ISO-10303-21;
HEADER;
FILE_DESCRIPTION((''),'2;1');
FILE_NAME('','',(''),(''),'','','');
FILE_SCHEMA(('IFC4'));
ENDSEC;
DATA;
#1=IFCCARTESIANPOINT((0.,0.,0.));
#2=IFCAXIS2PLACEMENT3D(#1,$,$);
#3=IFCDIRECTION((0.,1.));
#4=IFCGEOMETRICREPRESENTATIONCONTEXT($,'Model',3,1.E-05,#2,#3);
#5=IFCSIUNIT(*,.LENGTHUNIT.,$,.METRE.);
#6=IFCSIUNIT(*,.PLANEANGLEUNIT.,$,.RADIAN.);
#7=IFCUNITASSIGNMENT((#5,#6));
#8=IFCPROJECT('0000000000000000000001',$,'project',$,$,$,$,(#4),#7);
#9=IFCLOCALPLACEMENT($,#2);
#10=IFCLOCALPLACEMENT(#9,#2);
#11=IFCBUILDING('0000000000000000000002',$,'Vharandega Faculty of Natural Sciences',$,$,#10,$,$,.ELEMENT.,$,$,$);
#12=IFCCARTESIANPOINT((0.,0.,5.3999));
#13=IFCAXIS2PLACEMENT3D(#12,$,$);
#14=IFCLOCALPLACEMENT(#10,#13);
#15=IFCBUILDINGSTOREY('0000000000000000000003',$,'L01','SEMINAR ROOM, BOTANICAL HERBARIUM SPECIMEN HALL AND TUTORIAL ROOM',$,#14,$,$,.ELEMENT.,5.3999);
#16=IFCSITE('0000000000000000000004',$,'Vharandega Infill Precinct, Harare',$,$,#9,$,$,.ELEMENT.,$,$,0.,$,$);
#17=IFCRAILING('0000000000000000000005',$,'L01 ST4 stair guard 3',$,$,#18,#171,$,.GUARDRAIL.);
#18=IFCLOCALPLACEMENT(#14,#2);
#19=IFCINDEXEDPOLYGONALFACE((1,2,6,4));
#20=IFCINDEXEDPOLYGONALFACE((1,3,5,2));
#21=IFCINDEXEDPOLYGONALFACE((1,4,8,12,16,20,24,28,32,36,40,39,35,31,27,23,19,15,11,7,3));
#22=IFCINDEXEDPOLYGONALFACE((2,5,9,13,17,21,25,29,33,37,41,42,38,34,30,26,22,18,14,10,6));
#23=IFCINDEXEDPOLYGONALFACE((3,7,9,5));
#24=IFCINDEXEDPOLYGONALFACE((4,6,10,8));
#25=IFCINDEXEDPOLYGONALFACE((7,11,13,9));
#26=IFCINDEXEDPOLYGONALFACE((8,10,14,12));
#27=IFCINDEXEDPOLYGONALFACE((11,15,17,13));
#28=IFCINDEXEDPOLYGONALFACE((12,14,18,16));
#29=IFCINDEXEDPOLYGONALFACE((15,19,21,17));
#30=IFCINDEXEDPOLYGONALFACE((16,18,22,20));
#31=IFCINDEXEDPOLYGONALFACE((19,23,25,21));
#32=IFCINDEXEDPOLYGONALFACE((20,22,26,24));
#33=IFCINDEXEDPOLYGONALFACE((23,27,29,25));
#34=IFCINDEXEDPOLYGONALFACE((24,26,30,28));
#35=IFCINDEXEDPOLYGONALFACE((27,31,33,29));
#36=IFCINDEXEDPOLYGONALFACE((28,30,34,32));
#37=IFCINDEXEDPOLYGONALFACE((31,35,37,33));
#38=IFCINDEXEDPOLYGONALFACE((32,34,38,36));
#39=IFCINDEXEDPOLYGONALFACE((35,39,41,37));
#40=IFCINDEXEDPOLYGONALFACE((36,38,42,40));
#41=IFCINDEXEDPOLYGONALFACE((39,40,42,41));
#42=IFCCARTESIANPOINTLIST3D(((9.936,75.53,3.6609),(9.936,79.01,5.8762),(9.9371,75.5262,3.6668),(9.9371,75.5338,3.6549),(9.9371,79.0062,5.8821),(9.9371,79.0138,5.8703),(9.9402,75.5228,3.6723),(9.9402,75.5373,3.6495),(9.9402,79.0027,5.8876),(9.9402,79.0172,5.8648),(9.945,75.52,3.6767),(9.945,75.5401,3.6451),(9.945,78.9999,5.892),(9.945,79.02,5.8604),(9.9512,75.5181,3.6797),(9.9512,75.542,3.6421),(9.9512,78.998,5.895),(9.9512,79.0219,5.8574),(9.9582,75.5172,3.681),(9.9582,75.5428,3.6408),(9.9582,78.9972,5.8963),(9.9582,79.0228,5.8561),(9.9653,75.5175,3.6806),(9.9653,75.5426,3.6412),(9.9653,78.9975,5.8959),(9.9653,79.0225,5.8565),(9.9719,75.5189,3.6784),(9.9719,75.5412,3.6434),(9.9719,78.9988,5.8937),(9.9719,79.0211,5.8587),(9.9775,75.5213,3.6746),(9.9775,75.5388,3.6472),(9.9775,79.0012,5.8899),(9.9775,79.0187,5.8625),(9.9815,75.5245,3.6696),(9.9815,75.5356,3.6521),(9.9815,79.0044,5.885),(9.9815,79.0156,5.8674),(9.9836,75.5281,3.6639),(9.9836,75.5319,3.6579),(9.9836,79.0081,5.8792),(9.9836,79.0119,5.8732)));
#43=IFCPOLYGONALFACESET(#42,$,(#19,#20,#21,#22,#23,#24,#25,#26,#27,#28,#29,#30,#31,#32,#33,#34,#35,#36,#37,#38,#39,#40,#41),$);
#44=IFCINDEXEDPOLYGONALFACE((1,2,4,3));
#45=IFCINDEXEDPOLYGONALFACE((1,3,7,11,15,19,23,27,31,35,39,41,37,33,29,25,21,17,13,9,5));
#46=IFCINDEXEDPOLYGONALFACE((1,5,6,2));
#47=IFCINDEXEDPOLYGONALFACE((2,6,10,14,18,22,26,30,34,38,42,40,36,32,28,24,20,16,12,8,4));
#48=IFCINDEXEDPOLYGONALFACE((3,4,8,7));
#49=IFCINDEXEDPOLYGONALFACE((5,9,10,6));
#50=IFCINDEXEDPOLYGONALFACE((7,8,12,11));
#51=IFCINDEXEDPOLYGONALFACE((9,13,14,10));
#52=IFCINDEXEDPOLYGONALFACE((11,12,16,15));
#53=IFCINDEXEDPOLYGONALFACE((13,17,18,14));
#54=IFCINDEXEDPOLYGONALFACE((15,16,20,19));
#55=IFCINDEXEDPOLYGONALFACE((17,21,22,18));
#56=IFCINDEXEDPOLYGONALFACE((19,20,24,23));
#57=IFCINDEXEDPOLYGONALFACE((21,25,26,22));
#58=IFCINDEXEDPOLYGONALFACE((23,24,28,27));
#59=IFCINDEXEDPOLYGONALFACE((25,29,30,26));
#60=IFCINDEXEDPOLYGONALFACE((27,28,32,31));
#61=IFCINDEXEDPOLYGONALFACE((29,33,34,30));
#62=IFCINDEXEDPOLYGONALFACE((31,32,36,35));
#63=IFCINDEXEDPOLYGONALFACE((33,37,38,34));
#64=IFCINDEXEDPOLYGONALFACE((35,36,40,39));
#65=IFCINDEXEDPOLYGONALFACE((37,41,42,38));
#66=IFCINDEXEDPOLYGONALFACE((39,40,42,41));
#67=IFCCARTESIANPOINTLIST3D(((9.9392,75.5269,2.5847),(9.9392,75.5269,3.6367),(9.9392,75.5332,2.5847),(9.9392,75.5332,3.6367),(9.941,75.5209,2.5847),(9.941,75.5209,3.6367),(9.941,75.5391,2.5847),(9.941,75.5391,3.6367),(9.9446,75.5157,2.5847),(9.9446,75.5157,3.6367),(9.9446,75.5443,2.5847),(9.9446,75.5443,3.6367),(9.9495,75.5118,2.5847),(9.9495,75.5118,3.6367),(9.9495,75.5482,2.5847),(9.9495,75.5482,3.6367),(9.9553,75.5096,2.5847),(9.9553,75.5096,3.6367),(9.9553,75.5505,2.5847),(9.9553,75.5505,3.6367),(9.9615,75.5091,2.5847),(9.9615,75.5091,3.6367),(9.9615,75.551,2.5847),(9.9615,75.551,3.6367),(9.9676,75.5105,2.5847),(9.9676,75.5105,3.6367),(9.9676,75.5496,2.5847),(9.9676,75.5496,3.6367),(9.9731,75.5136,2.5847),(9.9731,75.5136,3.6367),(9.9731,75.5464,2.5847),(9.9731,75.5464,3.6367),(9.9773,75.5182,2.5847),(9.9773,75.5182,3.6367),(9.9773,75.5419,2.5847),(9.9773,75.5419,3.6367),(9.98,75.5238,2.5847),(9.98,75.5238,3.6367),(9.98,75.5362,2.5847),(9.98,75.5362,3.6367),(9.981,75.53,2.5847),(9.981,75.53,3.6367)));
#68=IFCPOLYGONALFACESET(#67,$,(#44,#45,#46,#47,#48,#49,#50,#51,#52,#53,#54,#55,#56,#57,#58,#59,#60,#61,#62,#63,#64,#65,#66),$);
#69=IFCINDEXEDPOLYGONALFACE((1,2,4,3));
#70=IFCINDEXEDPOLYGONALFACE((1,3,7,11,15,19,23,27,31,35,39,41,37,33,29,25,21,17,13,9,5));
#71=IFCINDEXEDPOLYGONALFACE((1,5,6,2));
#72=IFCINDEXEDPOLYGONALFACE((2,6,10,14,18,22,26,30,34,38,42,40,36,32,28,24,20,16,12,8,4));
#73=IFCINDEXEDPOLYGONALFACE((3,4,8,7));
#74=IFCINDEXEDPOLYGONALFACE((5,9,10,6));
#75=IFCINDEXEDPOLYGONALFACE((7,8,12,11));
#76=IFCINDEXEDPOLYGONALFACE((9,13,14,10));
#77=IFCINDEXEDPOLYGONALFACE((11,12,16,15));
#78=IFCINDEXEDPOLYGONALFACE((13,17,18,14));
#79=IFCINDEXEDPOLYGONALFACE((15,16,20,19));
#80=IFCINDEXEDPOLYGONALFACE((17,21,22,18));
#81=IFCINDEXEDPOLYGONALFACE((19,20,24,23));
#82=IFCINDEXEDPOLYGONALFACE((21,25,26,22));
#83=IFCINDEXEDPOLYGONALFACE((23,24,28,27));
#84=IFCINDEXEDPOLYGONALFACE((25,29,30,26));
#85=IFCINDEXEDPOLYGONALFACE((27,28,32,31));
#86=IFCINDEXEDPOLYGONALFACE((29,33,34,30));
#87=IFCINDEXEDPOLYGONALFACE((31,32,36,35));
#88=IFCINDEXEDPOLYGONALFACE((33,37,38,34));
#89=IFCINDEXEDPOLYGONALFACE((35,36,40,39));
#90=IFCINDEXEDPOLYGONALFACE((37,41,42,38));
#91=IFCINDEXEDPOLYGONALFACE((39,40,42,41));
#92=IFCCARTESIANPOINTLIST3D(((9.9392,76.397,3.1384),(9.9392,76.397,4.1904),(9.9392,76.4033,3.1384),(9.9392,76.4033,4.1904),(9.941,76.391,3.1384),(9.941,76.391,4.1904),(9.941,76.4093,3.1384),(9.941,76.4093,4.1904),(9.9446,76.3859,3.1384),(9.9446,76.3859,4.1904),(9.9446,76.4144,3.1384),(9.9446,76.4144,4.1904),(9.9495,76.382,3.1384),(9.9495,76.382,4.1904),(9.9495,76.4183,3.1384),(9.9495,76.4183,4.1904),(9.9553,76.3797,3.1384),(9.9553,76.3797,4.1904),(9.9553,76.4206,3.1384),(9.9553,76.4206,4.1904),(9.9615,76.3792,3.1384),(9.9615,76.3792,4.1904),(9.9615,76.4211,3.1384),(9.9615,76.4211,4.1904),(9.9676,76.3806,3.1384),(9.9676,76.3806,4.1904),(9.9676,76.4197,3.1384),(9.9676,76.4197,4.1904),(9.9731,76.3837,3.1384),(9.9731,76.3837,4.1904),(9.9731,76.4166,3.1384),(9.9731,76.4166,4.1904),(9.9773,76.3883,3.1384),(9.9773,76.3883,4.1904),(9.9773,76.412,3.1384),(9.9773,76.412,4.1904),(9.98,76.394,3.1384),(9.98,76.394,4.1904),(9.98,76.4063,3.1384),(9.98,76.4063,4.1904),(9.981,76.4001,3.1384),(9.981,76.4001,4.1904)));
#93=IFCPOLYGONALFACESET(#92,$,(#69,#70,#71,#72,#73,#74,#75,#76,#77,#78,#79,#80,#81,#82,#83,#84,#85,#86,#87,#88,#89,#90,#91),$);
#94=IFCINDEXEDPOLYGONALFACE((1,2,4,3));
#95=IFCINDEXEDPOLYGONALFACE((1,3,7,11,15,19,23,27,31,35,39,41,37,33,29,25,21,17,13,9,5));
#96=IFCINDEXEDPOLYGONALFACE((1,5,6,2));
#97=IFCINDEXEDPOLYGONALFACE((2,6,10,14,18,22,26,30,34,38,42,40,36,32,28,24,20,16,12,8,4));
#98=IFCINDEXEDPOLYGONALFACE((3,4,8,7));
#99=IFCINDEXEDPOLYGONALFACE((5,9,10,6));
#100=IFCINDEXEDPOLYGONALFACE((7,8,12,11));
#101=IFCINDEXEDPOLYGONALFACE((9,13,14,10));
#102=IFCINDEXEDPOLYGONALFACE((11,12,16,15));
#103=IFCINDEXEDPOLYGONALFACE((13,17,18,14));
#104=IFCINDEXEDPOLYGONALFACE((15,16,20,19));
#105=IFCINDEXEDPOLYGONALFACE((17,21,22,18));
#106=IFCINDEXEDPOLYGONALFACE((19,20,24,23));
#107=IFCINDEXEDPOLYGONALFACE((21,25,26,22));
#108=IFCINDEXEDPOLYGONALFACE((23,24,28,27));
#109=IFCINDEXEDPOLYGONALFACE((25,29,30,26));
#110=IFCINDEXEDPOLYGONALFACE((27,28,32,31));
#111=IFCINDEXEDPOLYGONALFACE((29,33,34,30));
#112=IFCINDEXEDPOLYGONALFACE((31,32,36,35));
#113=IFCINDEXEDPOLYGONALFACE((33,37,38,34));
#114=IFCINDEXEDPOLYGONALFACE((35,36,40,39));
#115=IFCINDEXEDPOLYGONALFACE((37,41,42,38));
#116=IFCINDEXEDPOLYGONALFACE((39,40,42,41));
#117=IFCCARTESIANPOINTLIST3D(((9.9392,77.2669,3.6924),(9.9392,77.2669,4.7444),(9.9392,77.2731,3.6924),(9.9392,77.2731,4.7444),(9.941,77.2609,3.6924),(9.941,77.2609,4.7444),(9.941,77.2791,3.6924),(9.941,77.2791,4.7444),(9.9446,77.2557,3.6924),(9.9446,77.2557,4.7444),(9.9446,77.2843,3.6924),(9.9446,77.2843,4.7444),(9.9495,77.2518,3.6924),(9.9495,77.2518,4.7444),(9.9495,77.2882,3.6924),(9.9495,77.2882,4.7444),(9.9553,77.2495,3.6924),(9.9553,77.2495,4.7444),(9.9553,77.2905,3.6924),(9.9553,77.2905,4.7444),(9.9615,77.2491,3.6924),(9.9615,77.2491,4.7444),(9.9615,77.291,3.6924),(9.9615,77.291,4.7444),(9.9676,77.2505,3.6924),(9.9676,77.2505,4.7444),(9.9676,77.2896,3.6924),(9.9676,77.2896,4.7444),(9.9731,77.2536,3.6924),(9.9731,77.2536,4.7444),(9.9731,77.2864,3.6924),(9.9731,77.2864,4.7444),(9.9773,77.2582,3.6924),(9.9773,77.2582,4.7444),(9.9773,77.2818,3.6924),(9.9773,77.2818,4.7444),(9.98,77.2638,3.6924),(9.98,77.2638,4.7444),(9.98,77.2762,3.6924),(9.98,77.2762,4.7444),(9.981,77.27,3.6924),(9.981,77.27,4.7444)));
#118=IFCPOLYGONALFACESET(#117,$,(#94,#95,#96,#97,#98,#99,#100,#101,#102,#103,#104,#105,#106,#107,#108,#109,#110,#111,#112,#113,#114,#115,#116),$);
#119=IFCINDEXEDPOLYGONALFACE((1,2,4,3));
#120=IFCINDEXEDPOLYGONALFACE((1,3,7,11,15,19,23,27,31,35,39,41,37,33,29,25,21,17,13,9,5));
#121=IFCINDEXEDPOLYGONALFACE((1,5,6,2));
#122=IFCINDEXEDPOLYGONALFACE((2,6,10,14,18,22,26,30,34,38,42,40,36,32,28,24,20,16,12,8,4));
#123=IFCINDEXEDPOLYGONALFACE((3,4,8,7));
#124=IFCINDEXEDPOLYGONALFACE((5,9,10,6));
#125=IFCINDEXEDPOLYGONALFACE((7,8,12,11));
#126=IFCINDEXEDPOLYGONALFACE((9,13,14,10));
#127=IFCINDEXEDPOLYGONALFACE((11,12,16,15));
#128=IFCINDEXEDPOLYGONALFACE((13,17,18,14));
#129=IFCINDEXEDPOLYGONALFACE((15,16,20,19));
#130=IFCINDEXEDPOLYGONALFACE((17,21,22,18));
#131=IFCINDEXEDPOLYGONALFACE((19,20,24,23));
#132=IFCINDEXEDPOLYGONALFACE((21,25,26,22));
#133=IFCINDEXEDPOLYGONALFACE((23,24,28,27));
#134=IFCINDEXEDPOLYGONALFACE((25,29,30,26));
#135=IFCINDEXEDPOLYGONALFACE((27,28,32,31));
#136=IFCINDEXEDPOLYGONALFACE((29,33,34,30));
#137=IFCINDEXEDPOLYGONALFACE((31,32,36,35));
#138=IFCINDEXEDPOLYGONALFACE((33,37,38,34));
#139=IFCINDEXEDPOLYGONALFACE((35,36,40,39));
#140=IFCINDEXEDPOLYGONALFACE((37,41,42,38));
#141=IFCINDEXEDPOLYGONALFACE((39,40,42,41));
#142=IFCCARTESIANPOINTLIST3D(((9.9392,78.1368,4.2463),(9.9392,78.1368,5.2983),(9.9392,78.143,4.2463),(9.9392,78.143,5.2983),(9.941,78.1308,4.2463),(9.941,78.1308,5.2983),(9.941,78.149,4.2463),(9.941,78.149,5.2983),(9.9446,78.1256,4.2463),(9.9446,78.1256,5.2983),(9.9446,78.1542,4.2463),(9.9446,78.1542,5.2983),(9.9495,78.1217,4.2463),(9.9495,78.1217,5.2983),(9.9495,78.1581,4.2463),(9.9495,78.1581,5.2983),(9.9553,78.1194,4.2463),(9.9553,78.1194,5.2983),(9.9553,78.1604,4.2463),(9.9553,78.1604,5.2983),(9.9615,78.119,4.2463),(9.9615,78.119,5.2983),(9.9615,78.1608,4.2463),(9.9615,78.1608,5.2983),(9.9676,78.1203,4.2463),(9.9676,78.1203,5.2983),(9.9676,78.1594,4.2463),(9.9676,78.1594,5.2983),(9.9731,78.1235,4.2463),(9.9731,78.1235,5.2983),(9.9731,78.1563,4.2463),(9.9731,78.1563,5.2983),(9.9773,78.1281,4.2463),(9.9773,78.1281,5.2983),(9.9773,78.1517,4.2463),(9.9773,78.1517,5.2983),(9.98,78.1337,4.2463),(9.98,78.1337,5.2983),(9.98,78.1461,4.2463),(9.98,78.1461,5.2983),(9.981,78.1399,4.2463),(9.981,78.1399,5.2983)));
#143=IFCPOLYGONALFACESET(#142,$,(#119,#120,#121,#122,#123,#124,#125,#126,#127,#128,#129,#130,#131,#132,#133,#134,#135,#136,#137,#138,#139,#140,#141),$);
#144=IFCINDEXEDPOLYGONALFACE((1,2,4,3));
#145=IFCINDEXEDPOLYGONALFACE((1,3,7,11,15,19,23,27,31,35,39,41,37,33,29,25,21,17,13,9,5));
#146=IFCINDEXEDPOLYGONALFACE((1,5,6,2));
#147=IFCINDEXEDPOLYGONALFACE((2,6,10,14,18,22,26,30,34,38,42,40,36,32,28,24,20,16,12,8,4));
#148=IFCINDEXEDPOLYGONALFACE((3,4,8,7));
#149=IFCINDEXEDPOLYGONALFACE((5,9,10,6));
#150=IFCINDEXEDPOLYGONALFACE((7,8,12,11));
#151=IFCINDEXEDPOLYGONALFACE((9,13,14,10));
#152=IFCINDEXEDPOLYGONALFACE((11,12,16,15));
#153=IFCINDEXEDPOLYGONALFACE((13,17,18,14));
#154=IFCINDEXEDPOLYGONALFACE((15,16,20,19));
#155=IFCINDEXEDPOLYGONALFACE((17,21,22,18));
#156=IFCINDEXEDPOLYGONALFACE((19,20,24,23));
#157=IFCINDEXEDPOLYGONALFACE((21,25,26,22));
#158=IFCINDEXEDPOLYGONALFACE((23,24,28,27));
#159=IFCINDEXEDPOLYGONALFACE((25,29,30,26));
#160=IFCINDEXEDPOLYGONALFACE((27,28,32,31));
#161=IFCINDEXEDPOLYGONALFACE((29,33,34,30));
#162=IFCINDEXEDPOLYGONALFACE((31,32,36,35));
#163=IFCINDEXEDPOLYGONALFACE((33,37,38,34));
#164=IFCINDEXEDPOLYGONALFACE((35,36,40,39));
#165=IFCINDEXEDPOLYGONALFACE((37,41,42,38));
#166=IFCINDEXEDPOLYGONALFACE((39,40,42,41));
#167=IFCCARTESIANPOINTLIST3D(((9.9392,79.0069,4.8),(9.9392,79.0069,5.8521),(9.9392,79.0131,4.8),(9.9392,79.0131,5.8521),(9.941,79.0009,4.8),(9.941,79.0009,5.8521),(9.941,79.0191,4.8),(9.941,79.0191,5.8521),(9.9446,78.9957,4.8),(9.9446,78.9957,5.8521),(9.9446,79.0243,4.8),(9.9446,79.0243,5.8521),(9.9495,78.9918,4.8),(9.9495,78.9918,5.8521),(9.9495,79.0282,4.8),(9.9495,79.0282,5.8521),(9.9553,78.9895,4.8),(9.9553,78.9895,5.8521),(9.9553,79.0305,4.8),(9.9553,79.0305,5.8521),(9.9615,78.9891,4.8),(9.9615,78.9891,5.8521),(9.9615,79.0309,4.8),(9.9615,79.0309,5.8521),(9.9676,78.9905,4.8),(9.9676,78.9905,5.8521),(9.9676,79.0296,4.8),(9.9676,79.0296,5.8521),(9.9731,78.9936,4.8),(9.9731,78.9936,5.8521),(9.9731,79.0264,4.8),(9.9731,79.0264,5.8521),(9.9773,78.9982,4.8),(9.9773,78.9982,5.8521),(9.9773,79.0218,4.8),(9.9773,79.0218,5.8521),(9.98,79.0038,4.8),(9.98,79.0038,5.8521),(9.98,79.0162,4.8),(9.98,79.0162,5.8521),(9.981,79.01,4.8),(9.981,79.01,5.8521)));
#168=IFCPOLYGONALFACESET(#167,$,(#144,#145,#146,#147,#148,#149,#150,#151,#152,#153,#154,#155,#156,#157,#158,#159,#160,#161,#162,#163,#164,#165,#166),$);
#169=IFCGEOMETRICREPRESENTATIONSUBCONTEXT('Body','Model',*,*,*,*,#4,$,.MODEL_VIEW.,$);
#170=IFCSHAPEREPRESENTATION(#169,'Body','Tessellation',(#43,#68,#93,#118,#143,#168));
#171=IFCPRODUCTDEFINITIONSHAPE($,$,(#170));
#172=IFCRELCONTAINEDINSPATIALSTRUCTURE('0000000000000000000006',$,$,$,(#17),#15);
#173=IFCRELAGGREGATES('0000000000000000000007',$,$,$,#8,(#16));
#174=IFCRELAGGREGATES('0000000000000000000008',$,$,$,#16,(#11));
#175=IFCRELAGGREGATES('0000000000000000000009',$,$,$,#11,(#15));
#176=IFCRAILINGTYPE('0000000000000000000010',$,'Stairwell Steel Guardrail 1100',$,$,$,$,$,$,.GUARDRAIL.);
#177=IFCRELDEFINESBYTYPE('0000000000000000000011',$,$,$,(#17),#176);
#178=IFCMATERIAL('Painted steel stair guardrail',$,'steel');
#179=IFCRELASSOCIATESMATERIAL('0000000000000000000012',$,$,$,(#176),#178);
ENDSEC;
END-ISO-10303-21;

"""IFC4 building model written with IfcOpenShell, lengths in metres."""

from ifc_helpers import new_model, si_unit, direction, frame, origin, origin_2d, place, context, subcontext, project, spatial, circle, extrude, material, type_object, element, save


model = new_model("IFC4")

# Units and contexts
model_context = context("Model", 3, precision=1e-05, world=origin(), true_north=direction((0.0, 1.0)))
body_context = subcontext(model_context, "Body", "Model", "MODEL_VIEW")
ifc_project = project(units=[si_unit("LENGTHUNIT", "METRE"), si_unit("PLANEANGLEUNIT", "RADIAN")], contexts=[model_context])

# Site, building, storey
site_placement = place(None, origin())
site = spatial("IfcSite", under=ifc_project, at=site_placement, Name="Vharandega Infill Precinct, Harare", CompositionType="ELEMENT", RefElevation=0.0)
building_placement = place(site_placement, origin())
building = spatial("IfcBuilding", under=site, at=building_placement, Name="Vharandega Faculty of Natural Sciences", CompositionType="ELEMENT")
storey_placement = place(building_placement, frame((0.0, 0.0, 5.3999)))
storey = spatial("IfcBuildingStorey", under=building, at=storey_placement, Name="L01", Description="SEMINAR ROOM, BOTANICAL HERBARIUM SPECIMEN HALL AND TUTORIAL ROOM", CompositionType="ELEMENT", Elevation=5.3999)

# Railing
ifc_material_1 = material(Name="Painted steel stair guardrail", Category="steel")
railing_type_1 = type_object("IfcRailingType", Name="Stairwell Steel Guardrail 1100", PredefinedType="GUARDRAIL", material=ifc_material_1)
railing_1_placement = place(storey_placement, frame((9.96, 75.53, 2.5847)))
element("IfcRailing", 1, at=railing_1_placement, inside=storey, type_object=railing_type_1, Name="L01 ST4 stair guard 3", PredefinedType="GUARDRAIL", context=body_context, shape_type="SweptSolid", body=[
    extrude(circle(Radius=0.0239, at=origin_2d()), frame((0.0, 0.0, 1.0762), z_axis=(0.0, 0.843574, 0.537013), x_axis=(-1.0, 0.0, 0.0)), (0.0, 0.0, 1.0), 4.1252),
    extrude(circle(Radius=0.021, at=origin_2d()), origin(), (0.0, 0.0, 1.0), 1.052),
    extrude(circle(Radius=0.021, at=origin_2d()), frame((0.0, 0.8701, 0.5537)), (0.0, 0.0, 1.0), 1.052),
    extrude(circle(Radius=0.021, at=origin_2d()), frame((0.0, 1.74, 1.1077)), (0.0, 0.0, 1.0), 1.052),
    extrude(circle(Radius=0.021, at=origin_2d()), frame((0.0, 2.6099, 1.6616)), (0.0, 0.0, 1.0), 1.052),
    extrude(circle(Radius=0.021, at=origin_2d()), frame((0.0, 3.48, 2.2153)), (0.0, 0.0, 1.0), 1.052),
])

save(model, "model.ifc")
